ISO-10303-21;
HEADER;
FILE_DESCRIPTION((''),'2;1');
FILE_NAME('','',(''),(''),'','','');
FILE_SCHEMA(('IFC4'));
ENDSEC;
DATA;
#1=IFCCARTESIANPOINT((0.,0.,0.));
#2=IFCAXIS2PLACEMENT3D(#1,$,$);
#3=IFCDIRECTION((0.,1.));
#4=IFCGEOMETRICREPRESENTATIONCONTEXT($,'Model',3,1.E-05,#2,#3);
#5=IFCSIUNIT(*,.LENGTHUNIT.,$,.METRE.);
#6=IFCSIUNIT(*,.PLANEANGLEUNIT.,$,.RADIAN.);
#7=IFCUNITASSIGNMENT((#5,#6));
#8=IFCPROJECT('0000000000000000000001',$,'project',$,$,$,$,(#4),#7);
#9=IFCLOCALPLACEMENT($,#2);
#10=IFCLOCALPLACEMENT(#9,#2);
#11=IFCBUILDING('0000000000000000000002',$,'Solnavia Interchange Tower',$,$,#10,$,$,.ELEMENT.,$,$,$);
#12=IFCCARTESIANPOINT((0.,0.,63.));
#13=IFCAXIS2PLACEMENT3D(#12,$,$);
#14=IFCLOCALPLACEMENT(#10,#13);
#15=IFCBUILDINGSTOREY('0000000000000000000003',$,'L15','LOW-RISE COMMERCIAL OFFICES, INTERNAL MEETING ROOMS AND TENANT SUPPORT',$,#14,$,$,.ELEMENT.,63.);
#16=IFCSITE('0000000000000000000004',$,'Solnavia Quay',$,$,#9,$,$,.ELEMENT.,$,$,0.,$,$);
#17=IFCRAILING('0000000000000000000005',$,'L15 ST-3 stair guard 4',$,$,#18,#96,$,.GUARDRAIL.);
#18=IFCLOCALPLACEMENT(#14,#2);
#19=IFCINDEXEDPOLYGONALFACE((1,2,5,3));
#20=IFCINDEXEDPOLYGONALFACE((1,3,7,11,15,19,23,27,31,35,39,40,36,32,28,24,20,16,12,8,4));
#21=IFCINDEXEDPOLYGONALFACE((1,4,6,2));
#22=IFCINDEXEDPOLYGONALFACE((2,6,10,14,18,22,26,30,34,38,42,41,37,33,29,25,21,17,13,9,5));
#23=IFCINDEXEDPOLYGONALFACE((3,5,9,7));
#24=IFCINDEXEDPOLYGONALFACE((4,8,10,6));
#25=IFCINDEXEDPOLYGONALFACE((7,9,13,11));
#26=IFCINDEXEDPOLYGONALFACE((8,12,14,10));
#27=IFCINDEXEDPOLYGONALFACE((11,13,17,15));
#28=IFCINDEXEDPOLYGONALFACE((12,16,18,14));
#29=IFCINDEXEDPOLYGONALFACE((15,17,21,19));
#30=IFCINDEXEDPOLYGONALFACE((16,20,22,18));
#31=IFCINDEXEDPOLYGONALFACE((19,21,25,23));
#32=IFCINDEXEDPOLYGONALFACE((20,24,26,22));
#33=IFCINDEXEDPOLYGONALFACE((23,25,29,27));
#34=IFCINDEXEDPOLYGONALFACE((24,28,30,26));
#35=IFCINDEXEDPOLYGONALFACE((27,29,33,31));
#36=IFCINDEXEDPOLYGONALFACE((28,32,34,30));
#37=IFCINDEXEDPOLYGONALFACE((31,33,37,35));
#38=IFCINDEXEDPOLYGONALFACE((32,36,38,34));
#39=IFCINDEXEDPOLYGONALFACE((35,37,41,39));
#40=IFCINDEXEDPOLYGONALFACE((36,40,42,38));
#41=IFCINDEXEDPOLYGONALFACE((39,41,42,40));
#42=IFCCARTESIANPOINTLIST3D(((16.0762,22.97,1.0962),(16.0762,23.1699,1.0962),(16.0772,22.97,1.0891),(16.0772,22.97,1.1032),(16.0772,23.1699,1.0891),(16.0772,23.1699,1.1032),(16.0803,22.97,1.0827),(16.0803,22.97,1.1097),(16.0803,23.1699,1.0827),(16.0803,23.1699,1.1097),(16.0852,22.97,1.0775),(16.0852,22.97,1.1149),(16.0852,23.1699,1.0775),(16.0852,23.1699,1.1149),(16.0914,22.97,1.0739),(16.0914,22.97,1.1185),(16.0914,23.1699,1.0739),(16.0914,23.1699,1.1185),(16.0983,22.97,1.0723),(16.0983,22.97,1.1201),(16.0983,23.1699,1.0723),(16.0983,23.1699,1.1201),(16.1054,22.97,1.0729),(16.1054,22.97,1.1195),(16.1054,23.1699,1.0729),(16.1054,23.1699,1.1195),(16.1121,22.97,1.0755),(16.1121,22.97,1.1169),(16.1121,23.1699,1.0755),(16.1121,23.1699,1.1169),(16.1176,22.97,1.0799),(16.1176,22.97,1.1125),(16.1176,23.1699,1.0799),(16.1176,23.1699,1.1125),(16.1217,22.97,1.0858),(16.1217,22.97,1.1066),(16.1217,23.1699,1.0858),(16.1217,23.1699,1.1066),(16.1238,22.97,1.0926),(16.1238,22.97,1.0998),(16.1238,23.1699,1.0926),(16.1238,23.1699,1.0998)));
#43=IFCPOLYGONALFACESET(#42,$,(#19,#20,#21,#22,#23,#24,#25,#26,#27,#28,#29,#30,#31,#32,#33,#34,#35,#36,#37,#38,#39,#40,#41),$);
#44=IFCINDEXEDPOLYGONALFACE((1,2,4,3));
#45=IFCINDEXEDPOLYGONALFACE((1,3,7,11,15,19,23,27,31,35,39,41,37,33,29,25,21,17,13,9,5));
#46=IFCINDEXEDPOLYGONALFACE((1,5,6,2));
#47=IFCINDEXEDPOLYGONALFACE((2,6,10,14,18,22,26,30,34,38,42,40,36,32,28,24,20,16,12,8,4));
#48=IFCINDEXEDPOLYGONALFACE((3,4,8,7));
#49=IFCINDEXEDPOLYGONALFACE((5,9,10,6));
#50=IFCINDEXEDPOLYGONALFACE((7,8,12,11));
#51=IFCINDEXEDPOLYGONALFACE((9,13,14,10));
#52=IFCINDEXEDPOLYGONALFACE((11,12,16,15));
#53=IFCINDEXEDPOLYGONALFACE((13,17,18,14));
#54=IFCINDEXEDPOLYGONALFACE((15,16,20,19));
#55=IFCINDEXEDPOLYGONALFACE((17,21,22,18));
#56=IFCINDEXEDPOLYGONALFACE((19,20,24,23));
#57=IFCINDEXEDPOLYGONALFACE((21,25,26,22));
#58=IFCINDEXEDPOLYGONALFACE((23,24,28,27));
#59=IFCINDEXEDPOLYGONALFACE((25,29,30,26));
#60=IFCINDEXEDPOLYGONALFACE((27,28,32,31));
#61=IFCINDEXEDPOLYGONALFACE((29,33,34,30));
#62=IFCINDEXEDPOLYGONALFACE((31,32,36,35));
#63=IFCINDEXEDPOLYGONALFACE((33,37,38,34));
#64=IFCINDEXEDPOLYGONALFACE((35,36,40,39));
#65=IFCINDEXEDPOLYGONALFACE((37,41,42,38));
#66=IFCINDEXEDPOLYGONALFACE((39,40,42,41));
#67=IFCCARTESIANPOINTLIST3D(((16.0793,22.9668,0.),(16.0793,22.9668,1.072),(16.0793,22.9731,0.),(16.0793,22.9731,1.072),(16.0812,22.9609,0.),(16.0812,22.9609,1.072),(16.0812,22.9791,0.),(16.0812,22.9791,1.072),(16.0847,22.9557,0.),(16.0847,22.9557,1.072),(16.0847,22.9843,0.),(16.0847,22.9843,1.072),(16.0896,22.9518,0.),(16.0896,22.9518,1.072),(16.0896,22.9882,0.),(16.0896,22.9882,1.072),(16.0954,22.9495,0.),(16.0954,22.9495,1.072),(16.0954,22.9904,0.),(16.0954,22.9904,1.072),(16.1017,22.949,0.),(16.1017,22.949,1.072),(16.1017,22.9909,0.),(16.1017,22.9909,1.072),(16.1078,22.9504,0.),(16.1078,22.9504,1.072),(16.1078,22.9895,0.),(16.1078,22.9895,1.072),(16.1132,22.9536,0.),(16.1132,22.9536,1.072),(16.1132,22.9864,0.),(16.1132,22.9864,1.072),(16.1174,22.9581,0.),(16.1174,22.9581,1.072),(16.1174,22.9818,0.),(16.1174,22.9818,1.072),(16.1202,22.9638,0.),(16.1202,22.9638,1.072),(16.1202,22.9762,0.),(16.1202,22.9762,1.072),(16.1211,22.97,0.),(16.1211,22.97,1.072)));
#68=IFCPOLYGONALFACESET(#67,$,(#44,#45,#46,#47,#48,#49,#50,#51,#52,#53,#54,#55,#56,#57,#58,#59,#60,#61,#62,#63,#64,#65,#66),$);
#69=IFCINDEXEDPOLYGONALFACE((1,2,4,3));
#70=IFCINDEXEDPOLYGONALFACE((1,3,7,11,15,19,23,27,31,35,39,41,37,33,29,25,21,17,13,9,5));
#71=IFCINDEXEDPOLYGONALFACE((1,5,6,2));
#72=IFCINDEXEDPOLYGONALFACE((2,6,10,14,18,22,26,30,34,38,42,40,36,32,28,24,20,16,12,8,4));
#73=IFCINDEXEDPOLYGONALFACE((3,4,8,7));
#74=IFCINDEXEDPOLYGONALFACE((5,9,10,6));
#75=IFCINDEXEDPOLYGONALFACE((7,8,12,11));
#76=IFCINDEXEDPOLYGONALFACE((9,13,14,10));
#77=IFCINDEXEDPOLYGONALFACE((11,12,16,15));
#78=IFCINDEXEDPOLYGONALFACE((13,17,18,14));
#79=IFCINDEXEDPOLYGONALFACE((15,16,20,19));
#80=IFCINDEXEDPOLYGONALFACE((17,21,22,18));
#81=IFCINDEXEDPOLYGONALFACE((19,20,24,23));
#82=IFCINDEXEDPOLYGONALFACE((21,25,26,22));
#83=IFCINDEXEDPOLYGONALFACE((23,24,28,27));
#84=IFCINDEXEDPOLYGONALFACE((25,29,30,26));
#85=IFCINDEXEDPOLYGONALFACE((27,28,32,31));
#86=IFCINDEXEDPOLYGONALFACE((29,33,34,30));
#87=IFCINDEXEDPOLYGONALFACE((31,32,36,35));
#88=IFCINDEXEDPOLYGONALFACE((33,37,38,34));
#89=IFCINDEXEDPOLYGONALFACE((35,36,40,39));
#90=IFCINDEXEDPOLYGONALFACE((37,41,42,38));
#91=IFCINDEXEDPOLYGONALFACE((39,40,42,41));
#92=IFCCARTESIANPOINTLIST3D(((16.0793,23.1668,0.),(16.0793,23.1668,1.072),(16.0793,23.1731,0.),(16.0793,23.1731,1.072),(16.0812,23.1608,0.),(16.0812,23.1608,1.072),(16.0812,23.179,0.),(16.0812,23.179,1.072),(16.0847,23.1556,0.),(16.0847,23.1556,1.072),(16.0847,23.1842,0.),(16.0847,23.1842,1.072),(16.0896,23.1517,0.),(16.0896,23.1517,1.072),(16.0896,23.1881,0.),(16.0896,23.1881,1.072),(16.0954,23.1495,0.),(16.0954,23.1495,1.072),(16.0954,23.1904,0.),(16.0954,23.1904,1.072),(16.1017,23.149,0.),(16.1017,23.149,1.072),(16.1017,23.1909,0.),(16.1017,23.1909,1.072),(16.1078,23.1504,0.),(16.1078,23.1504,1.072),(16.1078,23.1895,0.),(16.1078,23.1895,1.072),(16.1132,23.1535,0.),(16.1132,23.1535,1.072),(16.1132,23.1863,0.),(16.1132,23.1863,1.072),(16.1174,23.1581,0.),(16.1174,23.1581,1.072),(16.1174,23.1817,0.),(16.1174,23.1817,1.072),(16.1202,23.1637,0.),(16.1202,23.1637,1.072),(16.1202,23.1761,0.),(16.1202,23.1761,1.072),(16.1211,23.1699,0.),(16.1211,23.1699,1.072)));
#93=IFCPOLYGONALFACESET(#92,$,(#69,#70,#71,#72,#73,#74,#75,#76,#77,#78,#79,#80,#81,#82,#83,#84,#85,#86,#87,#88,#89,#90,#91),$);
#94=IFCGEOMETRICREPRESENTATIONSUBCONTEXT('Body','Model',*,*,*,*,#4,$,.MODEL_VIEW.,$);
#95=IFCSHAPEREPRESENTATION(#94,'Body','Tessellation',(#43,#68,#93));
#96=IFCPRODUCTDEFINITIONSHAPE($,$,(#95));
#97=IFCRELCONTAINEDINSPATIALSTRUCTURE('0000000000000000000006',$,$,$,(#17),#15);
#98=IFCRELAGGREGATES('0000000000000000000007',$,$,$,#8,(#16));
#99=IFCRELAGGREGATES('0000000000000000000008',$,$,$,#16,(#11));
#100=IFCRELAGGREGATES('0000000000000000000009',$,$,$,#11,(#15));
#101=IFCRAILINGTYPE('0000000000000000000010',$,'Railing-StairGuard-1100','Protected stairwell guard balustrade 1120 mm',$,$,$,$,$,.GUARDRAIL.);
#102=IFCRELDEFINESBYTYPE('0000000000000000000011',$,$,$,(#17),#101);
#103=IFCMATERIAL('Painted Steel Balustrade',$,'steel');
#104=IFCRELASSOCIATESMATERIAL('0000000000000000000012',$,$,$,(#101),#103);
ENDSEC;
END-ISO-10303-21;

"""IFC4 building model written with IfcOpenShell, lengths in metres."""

from ifc_helpers import new_model, si_unit, direction, frame, origin, origin_2d, place, context, subcontext, project, spatial, circle, extrude, material, type_object, element, save


model = new_model("IFC4")

# Units and contexts
model_context = context("Model", 3, precision=1e-05, world=origin(), true_north=direction((0.0, 1.0)))
body_context = subcontext(model_context, "Body", "Model", "MODEL_VIEW")
ifc_project = project(units=[si_unit("LENGTHUNIT", "METRE"), si_unit("PLANEANGLEUNIT", "RADIAN")], contexts=[model_context])

# Site, building, storey
site_placement = place(None, origin())
site = spatial("IfcSite", under=ifc_project, at=site_placement, Name="Solnavia Quay", CompositionType="ELEMENT", RefElevation=0.0)
building_placement = place(site_placement, origin())
building = spatial("IfcBuilding", under=site, at=building_placement, Name="Solnavia Interchange Tower", CompositionType="ELEMENT")
storey_placement = place(building_placement, frame((0.0, 0.0, 63.0)))
storey = spatial("IfcBuildingStorey", under=building, at=storey_placement, Name="L15", Description="LOW-RISE COMMERCIAL OFFICES, INTERNAL MEETING ROOMS AND TENANT SUPPORT", CompositionType="ELEMENT", Elevation=63.0)

# Railing
ifc_material_1 = material(Name="Painted Steel Balustrade", Category="steel")
railing_type_1 = type_object("IfcRailingType", Name="Railing-StairGuard-1100", Description="Protected stairwell guard balustrade 1120 mm", PredefinedType="GUARDRAIL", material=ifc_material_1)
railing_1_placement = place(storey_placement, frame((16.1001, 22.97, 0.0)))
element("IfcRailing", 1, at=railing_1_placement, inside=storey, type_object=railing_type_1, Name="L15 ST-3 stair guard 4", PredefinedType="GUARDRAIL", context=body_context, shape_type="SweptSolid", body=[
    extrude(circle(Radius=0.0239, at=origin_2d()), frame((0.0, 0.0, 1.0962), z_axis=(0.0, 1.0, 0.0), x_axis=(-1.0, 0.0, 0.0)), (0.0, 0.0, 1.0), 0.2),
    extrude(circle(Radius=0.021, at=origin_2d()), origin(), (0.0, 0.0, 1.0), 1.072),
    extrude(circle(Radius=0.021, at=origin_2d()), frame((0.0, 0.2, 0.0)), (0.0, 0.0, 1.0), 1.072),
])

save(model, "model.ifc")
